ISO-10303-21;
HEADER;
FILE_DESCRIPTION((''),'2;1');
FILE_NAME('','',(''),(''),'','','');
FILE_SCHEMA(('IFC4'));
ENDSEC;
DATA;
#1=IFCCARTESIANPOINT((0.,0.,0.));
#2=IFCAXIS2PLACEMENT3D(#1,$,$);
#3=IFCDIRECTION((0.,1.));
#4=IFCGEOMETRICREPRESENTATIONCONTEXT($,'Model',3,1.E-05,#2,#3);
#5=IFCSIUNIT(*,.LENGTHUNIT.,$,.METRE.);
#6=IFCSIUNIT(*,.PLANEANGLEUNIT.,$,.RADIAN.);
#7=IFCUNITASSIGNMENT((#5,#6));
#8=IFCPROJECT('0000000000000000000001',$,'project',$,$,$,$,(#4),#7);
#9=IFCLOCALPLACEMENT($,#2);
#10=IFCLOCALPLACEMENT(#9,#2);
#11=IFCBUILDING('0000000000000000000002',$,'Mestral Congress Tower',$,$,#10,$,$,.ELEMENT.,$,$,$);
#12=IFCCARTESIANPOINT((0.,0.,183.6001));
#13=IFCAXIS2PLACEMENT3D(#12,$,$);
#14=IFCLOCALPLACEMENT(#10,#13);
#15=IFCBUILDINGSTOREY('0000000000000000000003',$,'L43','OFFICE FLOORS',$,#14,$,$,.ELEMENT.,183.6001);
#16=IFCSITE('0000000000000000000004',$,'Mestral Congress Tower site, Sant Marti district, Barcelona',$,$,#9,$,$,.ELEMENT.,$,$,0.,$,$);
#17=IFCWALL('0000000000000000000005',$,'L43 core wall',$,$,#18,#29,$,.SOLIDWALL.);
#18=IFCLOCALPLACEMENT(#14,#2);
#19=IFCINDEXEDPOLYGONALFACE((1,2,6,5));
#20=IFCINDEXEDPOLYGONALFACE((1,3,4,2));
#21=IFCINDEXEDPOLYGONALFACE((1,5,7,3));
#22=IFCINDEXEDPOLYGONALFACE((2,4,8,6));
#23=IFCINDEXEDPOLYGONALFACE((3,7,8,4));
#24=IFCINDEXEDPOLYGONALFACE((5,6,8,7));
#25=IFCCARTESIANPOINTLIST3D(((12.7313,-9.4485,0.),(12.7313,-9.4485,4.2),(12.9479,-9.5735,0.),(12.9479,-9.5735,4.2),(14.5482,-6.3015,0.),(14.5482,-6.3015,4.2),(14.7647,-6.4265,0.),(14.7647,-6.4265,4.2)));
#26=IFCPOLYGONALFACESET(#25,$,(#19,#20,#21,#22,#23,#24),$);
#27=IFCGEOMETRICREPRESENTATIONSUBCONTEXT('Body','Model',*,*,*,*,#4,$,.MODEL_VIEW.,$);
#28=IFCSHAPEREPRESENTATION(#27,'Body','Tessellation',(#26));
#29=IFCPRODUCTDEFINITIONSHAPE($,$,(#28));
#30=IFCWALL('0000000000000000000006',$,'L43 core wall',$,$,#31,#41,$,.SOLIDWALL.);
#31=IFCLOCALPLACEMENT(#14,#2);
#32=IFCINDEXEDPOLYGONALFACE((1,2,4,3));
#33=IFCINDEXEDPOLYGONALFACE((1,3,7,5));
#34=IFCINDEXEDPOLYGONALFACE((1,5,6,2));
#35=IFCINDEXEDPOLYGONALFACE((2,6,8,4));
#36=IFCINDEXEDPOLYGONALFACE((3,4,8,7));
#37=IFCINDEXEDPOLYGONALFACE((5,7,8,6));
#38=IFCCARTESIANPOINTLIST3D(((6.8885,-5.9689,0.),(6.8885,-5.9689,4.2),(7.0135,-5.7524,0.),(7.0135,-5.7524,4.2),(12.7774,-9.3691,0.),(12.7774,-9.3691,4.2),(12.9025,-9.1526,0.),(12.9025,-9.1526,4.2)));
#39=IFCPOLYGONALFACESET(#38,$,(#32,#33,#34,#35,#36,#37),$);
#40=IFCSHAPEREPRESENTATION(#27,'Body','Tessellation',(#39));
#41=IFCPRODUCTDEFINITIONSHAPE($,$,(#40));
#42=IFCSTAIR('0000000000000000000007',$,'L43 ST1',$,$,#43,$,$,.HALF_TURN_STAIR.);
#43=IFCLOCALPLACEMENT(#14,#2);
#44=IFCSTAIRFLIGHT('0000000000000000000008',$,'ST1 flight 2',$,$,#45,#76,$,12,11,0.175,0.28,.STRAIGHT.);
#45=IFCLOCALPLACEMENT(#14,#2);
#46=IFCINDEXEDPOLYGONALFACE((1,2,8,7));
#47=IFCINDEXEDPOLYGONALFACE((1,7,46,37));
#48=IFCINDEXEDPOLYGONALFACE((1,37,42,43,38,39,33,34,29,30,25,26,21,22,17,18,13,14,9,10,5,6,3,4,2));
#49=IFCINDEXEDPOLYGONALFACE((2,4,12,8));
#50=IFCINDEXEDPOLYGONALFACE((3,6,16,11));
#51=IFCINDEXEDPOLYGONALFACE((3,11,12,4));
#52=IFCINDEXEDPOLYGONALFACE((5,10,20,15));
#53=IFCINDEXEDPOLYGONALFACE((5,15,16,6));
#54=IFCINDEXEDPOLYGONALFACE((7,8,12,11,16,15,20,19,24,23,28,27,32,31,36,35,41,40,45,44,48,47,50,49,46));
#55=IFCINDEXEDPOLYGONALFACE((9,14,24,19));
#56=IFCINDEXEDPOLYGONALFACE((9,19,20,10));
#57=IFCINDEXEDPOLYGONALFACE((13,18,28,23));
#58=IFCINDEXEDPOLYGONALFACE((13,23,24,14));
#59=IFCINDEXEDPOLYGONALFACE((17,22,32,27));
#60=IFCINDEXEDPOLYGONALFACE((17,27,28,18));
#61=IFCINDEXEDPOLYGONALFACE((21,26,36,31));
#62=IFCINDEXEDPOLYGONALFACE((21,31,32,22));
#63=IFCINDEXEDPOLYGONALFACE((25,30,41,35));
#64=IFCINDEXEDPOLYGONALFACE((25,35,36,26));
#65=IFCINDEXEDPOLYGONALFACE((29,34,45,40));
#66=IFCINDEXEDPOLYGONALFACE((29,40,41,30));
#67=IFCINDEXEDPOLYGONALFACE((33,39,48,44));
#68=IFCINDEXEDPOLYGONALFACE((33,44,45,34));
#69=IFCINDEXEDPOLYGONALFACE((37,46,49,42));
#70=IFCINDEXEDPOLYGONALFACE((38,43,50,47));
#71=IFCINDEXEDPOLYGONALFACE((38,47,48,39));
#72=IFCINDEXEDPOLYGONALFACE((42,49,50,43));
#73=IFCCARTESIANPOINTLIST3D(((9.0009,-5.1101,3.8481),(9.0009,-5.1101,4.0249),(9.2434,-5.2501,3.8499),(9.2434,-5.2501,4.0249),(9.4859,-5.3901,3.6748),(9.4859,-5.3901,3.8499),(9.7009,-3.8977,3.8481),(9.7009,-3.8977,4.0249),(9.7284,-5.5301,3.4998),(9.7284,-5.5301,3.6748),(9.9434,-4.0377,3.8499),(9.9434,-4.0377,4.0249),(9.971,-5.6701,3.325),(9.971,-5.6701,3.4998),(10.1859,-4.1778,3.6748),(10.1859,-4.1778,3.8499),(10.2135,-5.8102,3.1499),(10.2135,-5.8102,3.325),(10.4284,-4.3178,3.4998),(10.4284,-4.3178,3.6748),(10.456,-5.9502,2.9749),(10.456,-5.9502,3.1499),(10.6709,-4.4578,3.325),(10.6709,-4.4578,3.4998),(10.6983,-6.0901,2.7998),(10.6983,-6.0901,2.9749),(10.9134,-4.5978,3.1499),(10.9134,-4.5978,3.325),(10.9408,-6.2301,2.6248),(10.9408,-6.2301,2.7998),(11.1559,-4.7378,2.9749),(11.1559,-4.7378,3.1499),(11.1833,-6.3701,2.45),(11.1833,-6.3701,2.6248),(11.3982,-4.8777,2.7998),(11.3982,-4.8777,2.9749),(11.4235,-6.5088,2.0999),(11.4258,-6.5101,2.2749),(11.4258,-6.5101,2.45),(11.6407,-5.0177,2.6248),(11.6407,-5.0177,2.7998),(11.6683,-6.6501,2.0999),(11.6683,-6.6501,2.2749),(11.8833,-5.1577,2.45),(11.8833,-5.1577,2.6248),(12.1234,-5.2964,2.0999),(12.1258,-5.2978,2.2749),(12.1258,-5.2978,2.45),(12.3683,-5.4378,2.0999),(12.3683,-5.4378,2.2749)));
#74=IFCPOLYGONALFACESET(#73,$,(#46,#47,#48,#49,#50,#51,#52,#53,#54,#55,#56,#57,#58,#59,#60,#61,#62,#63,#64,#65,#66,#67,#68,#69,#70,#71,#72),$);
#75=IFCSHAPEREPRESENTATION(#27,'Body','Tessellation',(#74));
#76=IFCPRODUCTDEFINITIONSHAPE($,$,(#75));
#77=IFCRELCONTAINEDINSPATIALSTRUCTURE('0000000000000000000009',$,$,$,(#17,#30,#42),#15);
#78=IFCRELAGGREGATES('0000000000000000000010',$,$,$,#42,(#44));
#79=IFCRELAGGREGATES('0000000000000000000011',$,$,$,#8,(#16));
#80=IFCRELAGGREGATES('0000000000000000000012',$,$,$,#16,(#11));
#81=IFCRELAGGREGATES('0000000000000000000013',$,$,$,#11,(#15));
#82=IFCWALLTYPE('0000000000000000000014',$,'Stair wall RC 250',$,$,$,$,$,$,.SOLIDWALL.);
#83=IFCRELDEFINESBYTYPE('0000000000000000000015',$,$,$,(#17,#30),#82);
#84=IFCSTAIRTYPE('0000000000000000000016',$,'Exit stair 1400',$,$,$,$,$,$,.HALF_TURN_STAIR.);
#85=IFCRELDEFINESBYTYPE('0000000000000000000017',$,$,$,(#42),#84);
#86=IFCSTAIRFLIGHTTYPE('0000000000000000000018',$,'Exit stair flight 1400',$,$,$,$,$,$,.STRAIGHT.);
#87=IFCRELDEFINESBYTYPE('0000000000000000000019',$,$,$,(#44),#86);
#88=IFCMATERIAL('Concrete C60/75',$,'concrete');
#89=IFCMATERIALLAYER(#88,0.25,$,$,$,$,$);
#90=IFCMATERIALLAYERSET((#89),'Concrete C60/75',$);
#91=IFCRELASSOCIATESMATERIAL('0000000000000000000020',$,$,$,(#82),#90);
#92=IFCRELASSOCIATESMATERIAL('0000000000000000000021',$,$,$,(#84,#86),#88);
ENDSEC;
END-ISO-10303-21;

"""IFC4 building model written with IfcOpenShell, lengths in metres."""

from ifc_helpers import new_model, si_unit, direction, frame, frame_2d, origin, place, context, subcontext, project, spatial, polyline, rectangle, outline, extrude, material, layer, layer_set, type_object, element, aggregate, save


model = new_model("IFC4")

# Units and contexts
model_context = context("Model", 3, precision=1e-05, world=origin(), true_north=direction((0.0, 1.0)))
body_context = subcontext(model_context, "Body", "Model", "MODEL_VIEW")
ifc_project = project(units=[si_unit("LENGTHUNIT", "METRE"), si_unit("PLANEANGLEUNIT", "RADIAN")], contexts=[model_context])

# Site, building, storey
site_placement = place(None, origin())
site = spatial("IfcSite", under=ifc_project, at=site_placement, Name="Mestral Congress Tower site, Sant Marti district, Barcelona", CompositionType="ELEMENT", RefElevation=0.0)
building_placement = place(site_placement, origin())
building = spatial("IfcBuilding", under=site, at=building_placement, Name="Mestral Congress Tower", CompositionType="ELEMENT")
storey_placement = place(building_placement, frame((0.0, 0.0, 183.6001)))
storey = spatial("IfcBuildingStorey", under=building, at=storey_placement, Name="L43", Description="OFFICE FLOORS", CompositionType="ELEMENT", Elevation=183.6001)

# Shared definitions
ifc_material_1 = material(Name="Concrete C60/75", Category="concrete")

# Walls
ifc_layer_1 = layer(ifc_material_1, 0.25)
ifc_layer_set_1 = layer_set([ifc_layer_1], Name="Concrete C60/75")
wall_type_1 = type_object("IfcWallType", Name="Stair wall RC 250", PredefinedType="SOLIDWALL", material=ifc_layer_set_1)
wall_1_placement = place(storey_placement, frame((12.8396, -9.511, 0.0), z_axis=(0.0, 0.0, 1.0), x_axis=(0.499998, 0.866027, 0.0)))
element("IfcWall", 1, at=wall_1_placement, inside=storey, type_object=wall_type_1, Name="L43 core wall", PredefinedType="SOLIDWALL", context=body_context, shape_type="SweptSolid", body=[
    extrude(rectangle(XDim=3.6338, YDim=0.25, at=frame_2d((1.8169, 0.0))), origin(), (0.0, 0.0, 1.0), 4.2),
])
wall_2_placement = place(storey_placement, frame((12.8398, -9.2607, 0.0), z_axis=(0.0, 0.0, 1.0), x_axis=(-0.866014, 0.50002, 0.0)))
element("IfcWall", 2, at=wall_2_placement, inside=storey, type_object=wall_type_1, Name="L43 core wall", PredefinedType="SOLIDWALL", context=body_context, shape_type="SweptSolid", body=[
    extrude(rectangle(XDim=6.8, YDim=0.25, at=frame_2d((3.3999, 0.0))), origin(), (0.0, 0.0, 1.0), 4.2),
])

# Stair, stair flight
stair_type = type_object("IfcStairType", Name="Exit stair 1400", PredefinedType="HALF_TURN_STAIR", material=ifc_material_1)
stair_placement = place(storey_placement, origin())
stair = element("IfcStair", 3, at=stair_placement, inside=storey, type_object=stair_type, Name="L43 ST1", PredefinedType="HALF_TURN_STAIR")
stair_flight_type = type_object("IfcStairFlightType", Name="Exit stair flight 1400", PredefinedType="STRAIGHT", material=ifc_material_1)
stair_flight_placement = place(storey_placement, frame((12.0183, -6.0439, 2.0999), z_axis=(0.0, 0.0, 1.0), x_axis=(-0.866025, 0.5, 0.0)))
stair_flight = element("IfcStairFlight", 4, at=stair_flight_placement, type_object=stair_flight_type, Name="ST1 flight 2", NumberOfRisers=12, NumberOfTreads=11, PredefinedType="STRAIGHT", RiserHeight=0.175, TreadLength=0.28, context=body_context, shape_type="SweptSolid", body=[
    extrude(outline(polyline([(0.0, 0.0), (0.0, 0.175), (0.28, 0.175), (0.28, 0.3501), (0.5601, 0.3501), (0.5601, 0.5249), (0.8401, 0.5249), (0.8401, 0.7), (1.1201, 0.7), (1.1201, 0.875), (1.3999, 0.875), (1.3999, 1.05), (1.6799, 1.05), (1.6799, 1.2251), (1.96, 1.2251), (1.96, 1.3999), (2.24, 1.3999), (2.24, 1.575), (2.52, 1.575), (2.52, 1.75), (2.8, 1.75), (2.8, 1.925), (3.0801, 1.925), (3.0801, 2.1001), (3.0801, 1.7483), (0.2827, 0.0), (0.0, 0.0)])), frame((0.0, 0.7, 0.0), z_axis=(0.0, -1.0, 0.0), x_axis=(1.0, 0.0, 0.0)), (0.0, 0.0, 1.0), 1.3999),
])
aggregate(stair, [stair_flight])

save(model, "model.ifc")
